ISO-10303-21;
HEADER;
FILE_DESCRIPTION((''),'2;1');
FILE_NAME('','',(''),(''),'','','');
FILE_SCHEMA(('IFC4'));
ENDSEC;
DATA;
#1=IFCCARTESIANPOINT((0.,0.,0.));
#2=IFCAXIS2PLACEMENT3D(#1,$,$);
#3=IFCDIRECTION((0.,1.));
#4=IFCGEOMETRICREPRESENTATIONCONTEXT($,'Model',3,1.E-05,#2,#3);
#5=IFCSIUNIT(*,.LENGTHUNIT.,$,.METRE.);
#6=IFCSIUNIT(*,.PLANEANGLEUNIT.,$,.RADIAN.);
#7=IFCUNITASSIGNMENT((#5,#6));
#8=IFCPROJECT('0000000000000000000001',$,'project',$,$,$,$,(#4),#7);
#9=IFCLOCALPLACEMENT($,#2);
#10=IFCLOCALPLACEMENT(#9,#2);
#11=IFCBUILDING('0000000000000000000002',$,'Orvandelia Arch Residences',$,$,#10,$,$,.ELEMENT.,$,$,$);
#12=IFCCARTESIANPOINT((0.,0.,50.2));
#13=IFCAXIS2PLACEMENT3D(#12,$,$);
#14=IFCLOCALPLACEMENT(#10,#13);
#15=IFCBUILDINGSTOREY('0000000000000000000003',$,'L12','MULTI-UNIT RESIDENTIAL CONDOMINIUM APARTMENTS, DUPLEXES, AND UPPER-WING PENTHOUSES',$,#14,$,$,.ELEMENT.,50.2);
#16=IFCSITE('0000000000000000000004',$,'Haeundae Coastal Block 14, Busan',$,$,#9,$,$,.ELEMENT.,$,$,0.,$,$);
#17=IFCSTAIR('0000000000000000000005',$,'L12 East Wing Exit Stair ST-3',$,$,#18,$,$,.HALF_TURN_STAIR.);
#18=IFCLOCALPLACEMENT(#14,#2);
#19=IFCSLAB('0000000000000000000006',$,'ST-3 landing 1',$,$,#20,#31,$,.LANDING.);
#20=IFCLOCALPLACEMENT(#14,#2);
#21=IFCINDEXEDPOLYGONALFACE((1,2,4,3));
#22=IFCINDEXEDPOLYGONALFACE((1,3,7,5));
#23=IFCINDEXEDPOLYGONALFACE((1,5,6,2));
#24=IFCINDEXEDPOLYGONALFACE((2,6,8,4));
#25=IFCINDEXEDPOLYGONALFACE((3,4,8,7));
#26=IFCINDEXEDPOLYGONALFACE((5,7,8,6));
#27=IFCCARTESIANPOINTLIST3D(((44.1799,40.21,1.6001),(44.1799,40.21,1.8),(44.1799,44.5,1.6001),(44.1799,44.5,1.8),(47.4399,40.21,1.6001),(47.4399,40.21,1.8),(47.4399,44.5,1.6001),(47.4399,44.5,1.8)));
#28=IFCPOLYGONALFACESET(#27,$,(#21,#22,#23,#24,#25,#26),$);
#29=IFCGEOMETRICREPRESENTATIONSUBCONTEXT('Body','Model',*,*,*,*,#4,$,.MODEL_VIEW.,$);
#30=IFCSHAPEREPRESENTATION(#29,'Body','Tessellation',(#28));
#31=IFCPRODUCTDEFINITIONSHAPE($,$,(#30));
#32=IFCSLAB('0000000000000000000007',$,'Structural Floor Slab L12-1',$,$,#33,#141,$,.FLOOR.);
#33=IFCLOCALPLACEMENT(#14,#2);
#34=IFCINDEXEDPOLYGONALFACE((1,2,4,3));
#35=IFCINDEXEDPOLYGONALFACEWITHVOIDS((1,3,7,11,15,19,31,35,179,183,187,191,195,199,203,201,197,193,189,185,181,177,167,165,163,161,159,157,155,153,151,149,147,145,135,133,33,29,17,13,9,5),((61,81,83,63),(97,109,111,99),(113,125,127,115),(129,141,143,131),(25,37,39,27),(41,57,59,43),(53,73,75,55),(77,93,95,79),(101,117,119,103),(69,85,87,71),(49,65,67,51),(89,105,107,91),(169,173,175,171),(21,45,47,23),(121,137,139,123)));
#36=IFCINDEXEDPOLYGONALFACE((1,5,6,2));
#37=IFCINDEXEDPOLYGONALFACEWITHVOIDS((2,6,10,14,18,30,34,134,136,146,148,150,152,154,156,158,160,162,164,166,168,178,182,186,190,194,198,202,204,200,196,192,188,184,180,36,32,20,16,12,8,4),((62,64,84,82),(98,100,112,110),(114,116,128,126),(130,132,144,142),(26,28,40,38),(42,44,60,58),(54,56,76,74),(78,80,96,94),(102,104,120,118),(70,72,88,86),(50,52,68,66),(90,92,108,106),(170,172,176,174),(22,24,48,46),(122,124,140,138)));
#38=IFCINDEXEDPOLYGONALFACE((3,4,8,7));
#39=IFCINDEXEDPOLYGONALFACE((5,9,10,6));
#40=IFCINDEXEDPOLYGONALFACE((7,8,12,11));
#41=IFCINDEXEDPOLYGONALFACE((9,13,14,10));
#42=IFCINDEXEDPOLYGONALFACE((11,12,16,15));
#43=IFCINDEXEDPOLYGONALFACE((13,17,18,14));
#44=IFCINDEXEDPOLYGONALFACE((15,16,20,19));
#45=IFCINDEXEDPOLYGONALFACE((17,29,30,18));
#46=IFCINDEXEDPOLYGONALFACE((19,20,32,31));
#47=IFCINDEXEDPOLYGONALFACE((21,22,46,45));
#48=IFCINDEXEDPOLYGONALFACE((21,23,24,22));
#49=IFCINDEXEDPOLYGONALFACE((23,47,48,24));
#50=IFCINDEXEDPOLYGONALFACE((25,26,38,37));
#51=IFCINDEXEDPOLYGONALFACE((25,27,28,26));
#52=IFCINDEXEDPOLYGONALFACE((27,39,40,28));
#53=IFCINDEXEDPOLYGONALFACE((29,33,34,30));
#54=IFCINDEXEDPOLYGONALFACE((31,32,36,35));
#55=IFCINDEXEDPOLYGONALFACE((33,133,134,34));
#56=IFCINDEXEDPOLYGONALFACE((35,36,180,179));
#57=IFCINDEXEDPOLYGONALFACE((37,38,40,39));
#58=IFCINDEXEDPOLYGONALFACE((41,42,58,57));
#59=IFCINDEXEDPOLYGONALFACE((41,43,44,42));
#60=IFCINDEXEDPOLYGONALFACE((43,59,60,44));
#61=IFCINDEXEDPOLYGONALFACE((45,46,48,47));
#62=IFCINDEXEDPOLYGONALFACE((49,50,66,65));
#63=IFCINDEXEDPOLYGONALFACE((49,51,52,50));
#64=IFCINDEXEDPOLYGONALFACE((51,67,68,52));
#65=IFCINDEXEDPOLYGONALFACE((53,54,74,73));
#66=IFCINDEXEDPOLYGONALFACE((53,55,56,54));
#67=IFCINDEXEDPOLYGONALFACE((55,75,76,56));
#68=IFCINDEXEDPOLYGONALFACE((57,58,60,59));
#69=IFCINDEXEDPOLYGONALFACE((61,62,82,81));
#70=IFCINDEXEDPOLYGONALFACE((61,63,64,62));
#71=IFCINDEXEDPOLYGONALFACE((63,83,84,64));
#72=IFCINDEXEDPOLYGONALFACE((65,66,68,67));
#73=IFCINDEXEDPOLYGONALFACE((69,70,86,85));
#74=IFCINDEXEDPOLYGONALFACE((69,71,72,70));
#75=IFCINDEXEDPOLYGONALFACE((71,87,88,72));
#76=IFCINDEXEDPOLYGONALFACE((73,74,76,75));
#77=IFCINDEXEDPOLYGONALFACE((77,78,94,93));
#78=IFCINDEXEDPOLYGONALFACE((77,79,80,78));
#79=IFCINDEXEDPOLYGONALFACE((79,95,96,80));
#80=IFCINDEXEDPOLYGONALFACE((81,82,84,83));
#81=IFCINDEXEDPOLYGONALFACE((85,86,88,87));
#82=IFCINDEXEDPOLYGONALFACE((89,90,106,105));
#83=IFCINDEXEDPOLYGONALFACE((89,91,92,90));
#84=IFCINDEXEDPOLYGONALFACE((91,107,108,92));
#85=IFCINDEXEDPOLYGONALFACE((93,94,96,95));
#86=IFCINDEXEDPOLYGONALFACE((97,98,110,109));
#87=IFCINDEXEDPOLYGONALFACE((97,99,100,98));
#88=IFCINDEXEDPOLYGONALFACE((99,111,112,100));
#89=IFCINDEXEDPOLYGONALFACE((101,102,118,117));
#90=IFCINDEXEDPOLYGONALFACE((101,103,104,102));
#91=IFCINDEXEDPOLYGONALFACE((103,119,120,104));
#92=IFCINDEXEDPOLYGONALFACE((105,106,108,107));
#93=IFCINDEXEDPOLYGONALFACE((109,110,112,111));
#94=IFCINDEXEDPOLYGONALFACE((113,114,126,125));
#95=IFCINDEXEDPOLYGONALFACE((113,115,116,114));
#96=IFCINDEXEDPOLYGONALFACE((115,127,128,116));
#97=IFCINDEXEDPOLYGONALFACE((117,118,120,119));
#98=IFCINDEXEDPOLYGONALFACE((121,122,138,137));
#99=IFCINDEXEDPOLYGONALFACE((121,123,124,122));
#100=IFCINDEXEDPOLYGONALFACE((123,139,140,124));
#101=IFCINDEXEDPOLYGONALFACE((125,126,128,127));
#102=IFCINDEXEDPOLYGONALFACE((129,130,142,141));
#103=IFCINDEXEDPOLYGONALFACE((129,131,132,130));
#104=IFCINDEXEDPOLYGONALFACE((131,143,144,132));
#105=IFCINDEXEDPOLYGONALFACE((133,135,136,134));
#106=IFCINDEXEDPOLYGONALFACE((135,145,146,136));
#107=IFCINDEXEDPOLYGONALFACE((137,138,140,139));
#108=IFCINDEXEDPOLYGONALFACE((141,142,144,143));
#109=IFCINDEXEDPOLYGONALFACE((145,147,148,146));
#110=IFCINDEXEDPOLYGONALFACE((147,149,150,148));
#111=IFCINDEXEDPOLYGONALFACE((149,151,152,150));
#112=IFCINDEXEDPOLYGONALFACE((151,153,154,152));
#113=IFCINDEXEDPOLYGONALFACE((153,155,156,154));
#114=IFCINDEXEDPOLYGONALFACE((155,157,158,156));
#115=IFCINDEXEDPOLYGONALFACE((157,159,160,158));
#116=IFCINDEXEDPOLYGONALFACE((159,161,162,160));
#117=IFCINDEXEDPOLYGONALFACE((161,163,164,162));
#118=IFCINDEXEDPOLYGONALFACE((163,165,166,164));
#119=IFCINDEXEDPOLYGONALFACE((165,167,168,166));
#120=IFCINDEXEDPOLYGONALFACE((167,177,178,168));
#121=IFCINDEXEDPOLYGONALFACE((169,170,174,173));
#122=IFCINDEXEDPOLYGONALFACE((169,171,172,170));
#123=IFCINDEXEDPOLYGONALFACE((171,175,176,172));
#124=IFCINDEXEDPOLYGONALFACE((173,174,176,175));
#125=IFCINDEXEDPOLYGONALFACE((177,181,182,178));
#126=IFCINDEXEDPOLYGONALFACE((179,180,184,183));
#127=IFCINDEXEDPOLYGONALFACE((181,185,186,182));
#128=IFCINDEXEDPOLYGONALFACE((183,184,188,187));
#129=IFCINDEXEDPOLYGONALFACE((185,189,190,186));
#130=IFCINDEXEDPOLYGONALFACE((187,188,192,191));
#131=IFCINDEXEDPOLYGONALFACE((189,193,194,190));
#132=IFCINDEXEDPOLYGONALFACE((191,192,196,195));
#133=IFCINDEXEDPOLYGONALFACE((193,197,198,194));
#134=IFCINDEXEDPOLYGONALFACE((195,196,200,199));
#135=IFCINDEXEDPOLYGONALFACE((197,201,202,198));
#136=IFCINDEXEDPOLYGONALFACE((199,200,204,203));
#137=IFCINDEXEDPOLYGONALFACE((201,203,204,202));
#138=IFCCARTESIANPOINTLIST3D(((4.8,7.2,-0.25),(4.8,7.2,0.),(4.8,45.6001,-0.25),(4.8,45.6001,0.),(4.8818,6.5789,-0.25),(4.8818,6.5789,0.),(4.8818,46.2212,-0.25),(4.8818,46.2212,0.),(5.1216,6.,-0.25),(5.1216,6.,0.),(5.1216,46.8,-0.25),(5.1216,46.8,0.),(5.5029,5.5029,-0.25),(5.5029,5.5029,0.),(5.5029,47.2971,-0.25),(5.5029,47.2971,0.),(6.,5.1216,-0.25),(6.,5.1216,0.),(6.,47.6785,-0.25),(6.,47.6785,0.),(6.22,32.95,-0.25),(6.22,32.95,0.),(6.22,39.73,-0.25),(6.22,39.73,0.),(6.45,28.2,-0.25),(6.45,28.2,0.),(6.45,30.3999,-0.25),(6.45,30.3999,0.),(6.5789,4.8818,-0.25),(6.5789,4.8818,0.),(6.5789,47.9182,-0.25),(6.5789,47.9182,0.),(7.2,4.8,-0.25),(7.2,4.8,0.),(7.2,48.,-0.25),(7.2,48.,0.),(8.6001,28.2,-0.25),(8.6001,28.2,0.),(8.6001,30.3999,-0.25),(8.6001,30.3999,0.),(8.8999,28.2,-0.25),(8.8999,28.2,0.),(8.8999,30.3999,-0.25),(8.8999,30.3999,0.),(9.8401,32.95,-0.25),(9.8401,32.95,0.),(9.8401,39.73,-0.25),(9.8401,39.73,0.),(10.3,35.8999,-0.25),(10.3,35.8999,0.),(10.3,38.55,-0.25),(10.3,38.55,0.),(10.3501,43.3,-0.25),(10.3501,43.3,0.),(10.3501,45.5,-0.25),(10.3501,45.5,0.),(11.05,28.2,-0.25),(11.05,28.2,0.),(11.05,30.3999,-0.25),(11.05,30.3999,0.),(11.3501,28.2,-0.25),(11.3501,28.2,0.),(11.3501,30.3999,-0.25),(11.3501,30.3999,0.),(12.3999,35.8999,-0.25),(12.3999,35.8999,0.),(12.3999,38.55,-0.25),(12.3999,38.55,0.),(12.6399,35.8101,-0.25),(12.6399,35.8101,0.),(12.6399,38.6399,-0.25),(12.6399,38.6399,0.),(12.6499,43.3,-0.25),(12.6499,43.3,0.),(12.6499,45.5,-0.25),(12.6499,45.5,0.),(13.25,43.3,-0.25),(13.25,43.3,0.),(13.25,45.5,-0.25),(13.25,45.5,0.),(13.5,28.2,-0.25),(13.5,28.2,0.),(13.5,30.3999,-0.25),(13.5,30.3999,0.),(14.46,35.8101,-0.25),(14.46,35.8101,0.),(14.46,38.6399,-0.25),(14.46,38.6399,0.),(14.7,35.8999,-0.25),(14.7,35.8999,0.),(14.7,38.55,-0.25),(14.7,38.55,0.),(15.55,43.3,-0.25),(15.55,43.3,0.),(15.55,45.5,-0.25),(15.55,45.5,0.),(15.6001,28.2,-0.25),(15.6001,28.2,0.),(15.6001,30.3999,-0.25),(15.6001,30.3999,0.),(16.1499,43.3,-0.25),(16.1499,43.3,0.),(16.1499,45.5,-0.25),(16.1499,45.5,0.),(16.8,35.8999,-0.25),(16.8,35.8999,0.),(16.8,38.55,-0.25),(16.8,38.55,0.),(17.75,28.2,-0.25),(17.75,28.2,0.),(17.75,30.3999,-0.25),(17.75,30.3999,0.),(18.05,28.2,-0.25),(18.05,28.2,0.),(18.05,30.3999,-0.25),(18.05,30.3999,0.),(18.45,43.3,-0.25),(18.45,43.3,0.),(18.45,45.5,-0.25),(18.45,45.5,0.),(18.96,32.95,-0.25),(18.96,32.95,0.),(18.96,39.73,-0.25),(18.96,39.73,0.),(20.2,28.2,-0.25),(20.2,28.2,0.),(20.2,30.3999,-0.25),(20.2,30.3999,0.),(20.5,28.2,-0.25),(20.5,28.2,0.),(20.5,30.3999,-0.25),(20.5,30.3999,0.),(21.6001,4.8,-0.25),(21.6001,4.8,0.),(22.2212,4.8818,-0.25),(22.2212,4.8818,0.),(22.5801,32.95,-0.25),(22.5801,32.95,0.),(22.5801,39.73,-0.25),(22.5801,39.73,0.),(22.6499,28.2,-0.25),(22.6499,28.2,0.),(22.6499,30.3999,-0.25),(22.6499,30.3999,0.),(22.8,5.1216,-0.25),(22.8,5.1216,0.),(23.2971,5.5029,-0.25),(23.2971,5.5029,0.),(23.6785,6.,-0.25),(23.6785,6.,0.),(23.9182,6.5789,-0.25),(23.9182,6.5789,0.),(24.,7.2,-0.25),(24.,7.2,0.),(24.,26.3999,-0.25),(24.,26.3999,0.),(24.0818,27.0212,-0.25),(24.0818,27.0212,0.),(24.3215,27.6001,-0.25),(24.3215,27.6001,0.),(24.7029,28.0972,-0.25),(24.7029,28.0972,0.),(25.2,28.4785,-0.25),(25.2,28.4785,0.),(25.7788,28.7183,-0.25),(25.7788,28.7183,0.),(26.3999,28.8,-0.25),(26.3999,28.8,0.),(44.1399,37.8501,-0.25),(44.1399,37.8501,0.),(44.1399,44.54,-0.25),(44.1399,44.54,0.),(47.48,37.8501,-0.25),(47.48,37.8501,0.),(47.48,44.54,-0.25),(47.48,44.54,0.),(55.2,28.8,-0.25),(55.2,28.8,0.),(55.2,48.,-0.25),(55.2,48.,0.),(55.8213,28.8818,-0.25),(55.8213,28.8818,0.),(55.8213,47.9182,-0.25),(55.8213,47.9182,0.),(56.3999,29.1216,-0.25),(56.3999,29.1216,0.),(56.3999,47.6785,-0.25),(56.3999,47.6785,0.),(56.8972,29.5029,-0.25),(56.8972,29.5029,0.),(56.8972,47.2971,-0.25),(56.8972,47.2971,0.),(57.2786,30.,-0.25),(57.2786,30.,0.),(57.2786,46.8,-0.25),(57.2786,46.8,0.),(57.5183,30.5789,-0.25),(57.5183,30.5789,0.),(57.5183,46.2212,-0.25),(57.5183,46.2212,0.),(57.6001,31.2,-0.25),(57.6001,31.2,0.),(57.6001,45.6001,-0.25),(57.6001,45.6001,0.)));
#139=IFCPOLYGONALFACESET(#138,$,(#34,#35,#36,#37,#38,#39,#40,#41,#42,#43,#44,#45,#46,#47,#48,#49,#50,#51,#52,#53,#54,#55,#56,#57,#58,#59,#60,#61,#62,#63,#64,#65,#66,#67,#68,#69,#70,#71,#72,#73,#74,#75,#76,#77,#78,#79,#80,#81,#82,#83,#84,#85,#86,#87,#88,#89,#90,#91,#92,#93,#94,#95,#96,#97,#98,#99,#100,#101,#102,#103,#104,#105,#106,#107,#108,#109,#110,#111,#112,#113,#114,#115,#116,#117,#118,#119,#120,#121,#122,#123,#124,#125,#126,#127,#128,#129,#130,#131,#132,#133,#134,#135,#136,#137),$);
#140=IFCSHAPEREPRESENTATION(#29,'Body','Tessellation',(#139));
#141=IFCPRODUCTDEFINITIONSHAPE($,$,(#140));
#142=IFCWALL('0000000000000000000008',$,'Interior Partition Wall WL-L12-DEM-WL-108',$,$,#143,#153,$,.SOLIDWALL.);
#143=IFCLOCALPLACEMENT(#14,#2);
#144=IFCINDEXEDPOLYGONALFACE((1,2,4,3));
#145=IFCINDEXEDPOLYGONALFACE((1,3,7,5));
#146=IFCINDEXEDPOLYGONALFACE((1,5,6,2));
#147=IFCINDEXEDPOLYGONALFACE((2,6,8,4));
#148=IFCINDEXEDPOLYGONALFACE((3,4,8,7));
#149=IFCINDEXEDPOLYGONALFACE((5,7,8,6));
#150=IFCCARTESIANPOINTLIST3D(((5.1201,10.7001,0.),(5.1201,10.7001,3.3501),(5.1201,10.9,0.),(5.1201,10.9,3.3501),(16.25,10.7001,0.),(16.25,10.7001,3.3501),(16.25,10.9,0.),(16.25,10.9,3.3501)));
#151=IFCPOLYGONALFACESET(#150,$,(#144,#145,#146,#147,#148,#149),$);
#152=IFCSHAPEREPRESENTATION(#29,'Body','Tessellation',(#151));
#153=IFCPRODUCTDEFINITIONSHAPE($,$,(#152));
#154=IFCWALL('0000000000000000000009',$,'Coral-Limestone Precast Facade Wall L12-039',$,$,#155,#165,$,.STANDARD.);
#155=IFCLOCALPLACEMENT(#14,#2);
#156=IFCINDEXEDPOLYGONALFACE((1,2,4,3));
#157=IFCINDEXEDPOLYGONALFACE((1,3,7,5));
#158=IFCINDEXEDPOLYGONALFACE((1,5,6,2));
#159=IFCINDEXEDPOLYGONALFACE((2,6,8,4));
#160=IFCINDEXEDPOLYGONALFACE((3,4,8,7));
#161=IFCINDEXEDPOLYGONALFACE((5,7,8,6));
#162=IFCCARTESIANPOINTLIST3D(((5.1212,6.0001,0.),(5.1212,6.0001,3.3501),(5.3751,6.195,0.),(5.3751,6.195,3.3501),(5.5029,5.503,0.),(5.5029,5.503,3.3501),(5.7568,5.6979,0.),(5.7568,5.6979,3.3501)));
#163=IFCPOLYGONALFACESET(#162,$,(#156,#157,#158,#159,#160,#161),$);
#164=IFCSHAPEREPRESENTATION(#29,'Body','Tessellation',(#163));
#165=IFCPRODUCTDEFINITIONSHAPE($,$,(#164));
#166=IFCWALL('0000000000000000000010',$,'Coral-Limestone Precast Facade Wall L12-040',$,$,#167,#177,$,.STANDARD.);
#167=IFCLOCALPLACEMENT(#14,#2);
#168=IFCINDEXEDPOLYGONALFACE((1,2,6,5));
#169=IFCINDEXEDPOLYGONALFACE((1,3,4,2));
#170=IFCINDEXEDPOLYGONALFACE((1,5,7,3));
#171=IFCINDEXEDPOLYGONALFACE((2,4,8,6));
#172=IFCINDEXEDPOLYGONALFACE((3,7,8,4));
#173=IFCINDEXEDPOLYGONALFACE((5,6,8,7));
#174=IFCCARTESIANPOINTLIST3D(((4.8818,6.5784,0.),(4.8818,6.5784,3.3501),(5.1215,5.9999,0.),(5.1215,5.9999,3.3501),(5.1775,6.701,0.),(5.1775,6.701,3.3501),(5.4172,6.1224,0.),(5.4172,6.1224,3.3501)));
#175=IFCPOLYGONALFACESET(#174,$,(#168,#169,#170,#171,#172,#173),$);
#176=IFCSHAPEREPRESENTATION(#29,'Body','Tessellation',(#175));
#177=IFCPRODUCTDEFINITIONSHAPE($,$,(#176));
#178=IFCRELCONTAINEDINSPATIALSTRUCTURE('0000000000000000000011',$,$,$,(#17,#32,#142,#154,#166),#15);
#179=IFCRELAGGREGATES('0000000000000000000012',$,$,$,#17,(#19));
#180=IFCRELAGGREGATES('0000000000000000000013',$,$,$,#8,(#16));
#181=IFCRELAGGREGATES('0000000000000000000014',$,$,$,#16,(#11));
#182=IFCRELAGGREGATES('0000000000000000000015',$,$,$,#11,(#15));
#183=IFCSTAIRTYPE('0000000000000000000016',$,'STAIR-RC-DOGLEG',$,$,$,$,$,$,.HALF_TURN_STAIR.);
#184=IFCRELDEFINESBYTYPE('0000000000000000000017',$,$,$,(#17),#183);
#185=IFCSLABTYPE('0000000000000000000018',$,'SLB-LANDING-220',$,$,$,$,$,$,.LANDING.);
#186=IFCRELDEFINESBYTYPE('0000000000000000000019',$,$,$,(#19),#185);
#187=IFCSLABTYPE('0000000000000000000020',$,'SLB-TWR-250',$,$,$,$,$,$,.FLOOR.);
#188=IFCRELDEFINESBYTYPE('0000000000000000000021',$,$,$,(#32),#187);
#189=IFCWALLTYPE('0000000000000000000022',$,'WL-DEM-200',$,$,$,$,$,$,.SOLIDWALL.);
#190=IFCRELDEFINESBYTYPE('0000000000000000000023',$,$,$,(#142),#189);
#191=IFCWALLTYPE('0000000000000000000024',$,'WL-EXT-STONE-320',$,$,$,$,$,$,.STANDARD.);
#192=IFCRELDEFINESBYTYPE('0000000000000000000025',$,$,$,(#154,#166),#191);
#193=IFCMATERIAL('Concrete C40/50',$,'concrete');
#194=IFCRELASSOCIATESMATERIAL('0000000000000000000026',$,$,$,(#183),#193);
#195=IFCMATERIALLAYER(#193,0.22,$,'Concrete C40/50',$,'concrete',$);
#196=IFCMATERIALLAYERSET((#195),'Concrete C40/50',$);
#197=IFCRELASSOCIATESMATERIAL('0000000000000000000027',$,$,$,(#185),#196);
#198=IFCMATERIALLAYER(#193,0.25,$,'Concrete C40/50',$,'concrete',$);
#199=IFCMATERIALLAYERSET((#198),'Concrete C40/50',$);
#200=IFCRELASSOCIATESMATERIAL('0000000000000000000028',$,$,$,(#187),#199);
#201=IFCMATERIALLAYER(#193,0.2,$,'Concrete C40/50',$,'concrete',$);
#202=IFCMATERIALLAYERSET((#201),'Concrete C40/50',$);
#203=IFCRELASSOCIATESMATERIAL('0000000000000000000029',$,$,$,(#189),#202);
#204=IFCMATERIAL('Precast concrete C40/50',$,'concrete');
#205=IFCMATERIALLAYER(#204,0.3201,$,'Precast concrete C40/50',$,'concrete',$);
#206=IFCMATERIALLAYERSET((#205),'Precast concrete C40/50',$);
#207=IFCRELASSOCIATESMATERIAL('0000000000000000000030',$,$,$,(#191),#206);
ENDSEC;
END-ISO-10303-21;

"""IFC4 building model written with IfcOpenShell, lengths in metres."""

from ifc_helpers import new_model, si_unit, direction, frame, frame_2d, origin, place, context, subcontext, project, spatial, polyline, rectangle, outline, extrude, material, layer, layer_set, type_object, element, aggregate, save


model = new_model("IFC4")

# Units and contexts
model_context = context("Model", 3, precision=1e-05, world=origin(), true_north=direction((0.0, 1.0)))
body_context = subcontext(model_context, "Body", "Model", "MODEL_VIEW")
ifc_project = project(units=[si_unit("LENGTHUNIT", "METRE"), si_unit("PLANEANGLEUNIT", "RADIAN")], contexts=[model_context])

# Site, building, storey
site_placement = place(None, origin())
site = spatial("IfcSite", under=ifc_project, at=site_placement, Name="Haeundae Coastal Block 14, Busan", CompositionType="ELEMENT", RefElevation=0.0)
building_placement = place(site_placement, origin())
building = spatial("IfcBuilding", under=site, at=building_placement, Name="Orvandelia Arch Residences", CompositionType="ELEMENT")
storey_placement = place(building_placement, frame((0.0, 0.0, 50.2)))
storey = spatial("IfcBuildingStorey", under=building, at=storey_placement, Name="L12", Description="MULTI-UNIT RESIDENTIAL CONDOMINIUM APARTMENTS, DUPLEXES, AND UPPER-WING PENTHOUSES", CompositionType="ELEMENT", Elevation=50.2)

# Shared definitions
ifc_material_1 = material(Name="Precast concrete C40/50", Category="concrete")

# Stair, slab
ifc_material_2 = material(Name="Concrete C40/50", Category="concrete")
stair_type = type_object("IfcStairType", Name="STAIR-RC-DOGLEG", PredefinedType="HALF_TURN_STAIR", material=ifc_material_2)
ifc_layer_1 = layer(ifc_material_2, 0.22, Name="Concrete C40/50", Category="concrete")
ifc_layer_set_1 = layer_set([ifc_layer_1], Name="Concrete C40/50")
slab_type_1 = type_object("IfcSlabType", Name="SLB-LANDING-220", PredefinedType="LANDING", material=ifc_layer_set_1)
stair_1_placement = place(storey_placement, origin())
stair_1 = element("IfcStair", 1, at=stair_1_placement, inside=storey, type_object=stair_type, Name="L12 East Wing Exit Stair ST-3", PredefinedType="HALF_TURN_STAIR")
slab_1_placement = place(storey_placement, frame((0.0, 0.0, 1.6001)))
slab_1 = element("IfcSlab", 2, at=slab_1_placement, type_object=slab_type_1, Name="ST-3 landing 1", PredefinedType="LANDING", context=body_context, shape_type="SweptSolid", body=[
    extrude(outline(polyline([(47.4399, 40.21), (47.4399, 44.5), (44.1799, 44.5), (44.1799, 40.21), (47.4399, 40.21)])), origin(), (0.0, 0.0, 1.0), 0.2),
])
aggregate(stair_1, [slab_1])

# Slab
ifc_layer_2 = layer(ifc_material_2, 0.25, Name="Concrete C40/50", Category="concrete")
ifc_layer_set_2 = layer_set([ifc_layer_2], Name="Concrete C40/50")
slab_type_2 = type_object("IfcSlabType", Name="SLB-TWR-250", PredefinedType="FLOOR", material=ifc_layer_set_2)
slab_2_placement = place(storey_placement, frame((0.0, 0.0, -0.25)))
element("IfcSlab", 3, at=slab_2_placement, inside=storey, type_object=slab_type_2, Name="Structural Floor Slab L12-1", PredefinedType="FLOOR", context=body_context, shape_type="SweptSolid", body=[
    extrude(outline(polyline([(4.8, 7.2), (4.8818, 6.5789), (5.1216, 6.0), (5.5029, 5.5029), (6.0, 5.1216), (6.5789, 4.8818), (7.2, 4.8), (21.6001, 4.8), (22.2212, 4.8818), (22.8, 5.1216), (23.2971, 5.5029), (23.6785, 6.0), (23.9182, 6.5789), (24.0, 7.2), (24.0, 26.3999), (24.0818, 27.0212), (24.3215, 27.6001), (24.7029, 28.0972), (25.2, 28.4785), (25.7788, 28.7183), (26.3999, 28.8), (55.2, 28.8), (55.8213, 28.8818), (56.3999, 29.1216), (56.8972, 29.5029), (57.2786, 30.0), (57.5183, 30.5789), (57.6001, 31.2), (57.6001, 45.6001), (57.5183, 46.2212), (57.2786, 46.8), (56.8972, 47.2971), (56.3999, 47.6785), (55.8213, 47.9182), (55.2, 48.0), (7.2, 48.0), (6.5789, 47.9182), (6.0, 47.6785), (5.5029, 47.2971), (5.1216, 46.8), (4.8818, 46.2212), (4.8, 45.6001), (4.8, 7.2)]), holes=[polyline([(6.22, 32.95), (9.8401, 32.95), (9.8401, 39.73), (6.22, 39.73), (6.22, 32.95)]), polyline([(18.96, 32.95), (22.5801, 32.95), (22.5801, 39.73), (18.96, 39.73), (18.96, 32.95)]), polyline([(44.1399, 37.8501), (47.48, 37.8501), (47.48, 44.54), (44.1399, 44.54), (44.1399, 37.8501)]), polyline([(12.6399, 35.8101), (14.46, 35.8101), (14.46, 38.6399), (12.6399, 38.6399), (12.6399, 35.8101)]), polyline([(10.3, 35.8999), (12.3999, 35.8999), (12.3999, 38.55), (10.3, 38.55), (10.3, 35.8999)]), polyline([(14.7, 35.8999), (16.8, 35.8999), (16.8, 38.55), (14.7, 38.55), (14.7, 35.8999)]), polyline([(10.3501, 43.3), (12.6499, 43.3), (12.6499, 45.5), (10.3501, 45.5), (10.3501, 43.3)]), polyline([(13.25, 43.3), (15.55, 43.3), (15.55, 45.5), (13.25, 45.5), (13.25, 43.3)]), polyline([(16.1499, 43.3), (18.45, 43.3), (18.45, 45.5), (16.1499, 45.5), (16.1499, 43.3)]), polyline([(6.45, 28.2), (8.6001, 28.2), (8.6001, 30.3999), (6.45, 30.3999), (6.45, 28.2)]), polyline([(8.8999, 28.2), (11.05, 28.2), (11.05, 30.3999), (8.8999, 30.3999), (8.8999, 28.2)]), polyline([(11.3501, 28.2), (13.5, 28.2), (13.5, 30.3999), (11.3501, 30.3999), (11.3501, 28.2)]), polyline([(15.6001, 28.2), (17.75, 28.2), (17.75, 30.3999), (15.6001, 30.3999), (15.6001, 28.2)]), polyline([(18.05, 28.2), (20.2, 28.2), (20.2, 30.3999), (18.05, 30.3999), (18.05, 28.2)]), polyline([(20.5, 28.2), (22.6499, 28.2), (22.6499, 30.3999), (20.5, 30.3999), (20.5, 28.2)])]), origin(), (0.0, 0.0, 1.0), 0.25),
])

# Walls
ifc_layer_3 = layer(ifc_material_2, 0.2, Name="Concrete C40/50", Category="concrete")
ifc_layer_set_3 = layer_set([ifc_layer_3], Name="Concrete C40/50")
wall_type_1 = type_object("IfcWallType", Name="WL-DEM-200", PredefinedType="SOLIDWALL", material=ifc_layer_set_3)
wall_1_placement = place(storey_placement, frame((5.1201, 10.8, 0.0), z_axis=(0.0, 0.0, 1.0), x_axis=(1.0, 0.0, 0.0)))
element("IfcWall", 4, at=wall_1_placement, inside=storey, type_object=wall_type_1, Name="Interior Partition Wall WL-L12-DEM-WL-108", PredefinedType="SOLIDWALL", context=body_context, shape_type="SweptSolid", body=[
    extrude(rectangle(XDim=11.1299, YDim=0.2, at=frame_2d((5.5649, 0.0))), origin(), (0.0, 0.0, 1.0), 3.3501),
])
ifc_layer_4 = layer(ifc_material_1, 0.3201, Name="Precast concrete C40/50", Category="concrete")
ifc_layer_set_4 = layer_set([ifc_layer_4], Name="Precast concrete C40/50")
wall_type_2 = type_object("IfcWallType", Name="WL-EXT-STONE-320", PredefinedType="STANDARD", material=ifc_layer_set_4)
wall_2_placement = place(storey_placement, frame((5.6299, 5.6003, 0.0), z_axis=(0.0, 0.0, 1.0), x_axis=(-0.608939, 0.793217, 0.0)))
element("IfcWall", 5, at=wall_2_placement, inside=storey, type_object=wall_type_2, Name="Coral-Limestone Precast Facade Wall L12-039", PredefinedType="STANDARD", context=body_context, shape_type="SweptSolid", body=[
    extrude(rectangle(XDim=0.6267, YDim=0.3201, at=frame_2d((0.3135, 0.0))), origin(), (0.0, 0.0, 1.0), 3.3501),
])
wall_3_placement = place(storey_placement, frame((5.2693, 6.0613, 0.0), z_axis=(0.0, 0.0, 1.0), x_axis=(-0.382788, 0.923836, 0.0)))
element("IfcWall", 6, at=wall_3_placement, inside=storey, type_object=wall_type_2, Name="Coral-Limestone Precast Facade Wall L12-040", PredefinedType="STANDARD", context=body_context, shape_type="SweptSolid", body=[
    extrude(rectangle(XDim=0.6262, YDim=0.3201, at=frame_2d((0.313, 0.0))), origin(), (0.0, 0.0, 1.0), 3.3501),
])

save(model, "model.ifc")
